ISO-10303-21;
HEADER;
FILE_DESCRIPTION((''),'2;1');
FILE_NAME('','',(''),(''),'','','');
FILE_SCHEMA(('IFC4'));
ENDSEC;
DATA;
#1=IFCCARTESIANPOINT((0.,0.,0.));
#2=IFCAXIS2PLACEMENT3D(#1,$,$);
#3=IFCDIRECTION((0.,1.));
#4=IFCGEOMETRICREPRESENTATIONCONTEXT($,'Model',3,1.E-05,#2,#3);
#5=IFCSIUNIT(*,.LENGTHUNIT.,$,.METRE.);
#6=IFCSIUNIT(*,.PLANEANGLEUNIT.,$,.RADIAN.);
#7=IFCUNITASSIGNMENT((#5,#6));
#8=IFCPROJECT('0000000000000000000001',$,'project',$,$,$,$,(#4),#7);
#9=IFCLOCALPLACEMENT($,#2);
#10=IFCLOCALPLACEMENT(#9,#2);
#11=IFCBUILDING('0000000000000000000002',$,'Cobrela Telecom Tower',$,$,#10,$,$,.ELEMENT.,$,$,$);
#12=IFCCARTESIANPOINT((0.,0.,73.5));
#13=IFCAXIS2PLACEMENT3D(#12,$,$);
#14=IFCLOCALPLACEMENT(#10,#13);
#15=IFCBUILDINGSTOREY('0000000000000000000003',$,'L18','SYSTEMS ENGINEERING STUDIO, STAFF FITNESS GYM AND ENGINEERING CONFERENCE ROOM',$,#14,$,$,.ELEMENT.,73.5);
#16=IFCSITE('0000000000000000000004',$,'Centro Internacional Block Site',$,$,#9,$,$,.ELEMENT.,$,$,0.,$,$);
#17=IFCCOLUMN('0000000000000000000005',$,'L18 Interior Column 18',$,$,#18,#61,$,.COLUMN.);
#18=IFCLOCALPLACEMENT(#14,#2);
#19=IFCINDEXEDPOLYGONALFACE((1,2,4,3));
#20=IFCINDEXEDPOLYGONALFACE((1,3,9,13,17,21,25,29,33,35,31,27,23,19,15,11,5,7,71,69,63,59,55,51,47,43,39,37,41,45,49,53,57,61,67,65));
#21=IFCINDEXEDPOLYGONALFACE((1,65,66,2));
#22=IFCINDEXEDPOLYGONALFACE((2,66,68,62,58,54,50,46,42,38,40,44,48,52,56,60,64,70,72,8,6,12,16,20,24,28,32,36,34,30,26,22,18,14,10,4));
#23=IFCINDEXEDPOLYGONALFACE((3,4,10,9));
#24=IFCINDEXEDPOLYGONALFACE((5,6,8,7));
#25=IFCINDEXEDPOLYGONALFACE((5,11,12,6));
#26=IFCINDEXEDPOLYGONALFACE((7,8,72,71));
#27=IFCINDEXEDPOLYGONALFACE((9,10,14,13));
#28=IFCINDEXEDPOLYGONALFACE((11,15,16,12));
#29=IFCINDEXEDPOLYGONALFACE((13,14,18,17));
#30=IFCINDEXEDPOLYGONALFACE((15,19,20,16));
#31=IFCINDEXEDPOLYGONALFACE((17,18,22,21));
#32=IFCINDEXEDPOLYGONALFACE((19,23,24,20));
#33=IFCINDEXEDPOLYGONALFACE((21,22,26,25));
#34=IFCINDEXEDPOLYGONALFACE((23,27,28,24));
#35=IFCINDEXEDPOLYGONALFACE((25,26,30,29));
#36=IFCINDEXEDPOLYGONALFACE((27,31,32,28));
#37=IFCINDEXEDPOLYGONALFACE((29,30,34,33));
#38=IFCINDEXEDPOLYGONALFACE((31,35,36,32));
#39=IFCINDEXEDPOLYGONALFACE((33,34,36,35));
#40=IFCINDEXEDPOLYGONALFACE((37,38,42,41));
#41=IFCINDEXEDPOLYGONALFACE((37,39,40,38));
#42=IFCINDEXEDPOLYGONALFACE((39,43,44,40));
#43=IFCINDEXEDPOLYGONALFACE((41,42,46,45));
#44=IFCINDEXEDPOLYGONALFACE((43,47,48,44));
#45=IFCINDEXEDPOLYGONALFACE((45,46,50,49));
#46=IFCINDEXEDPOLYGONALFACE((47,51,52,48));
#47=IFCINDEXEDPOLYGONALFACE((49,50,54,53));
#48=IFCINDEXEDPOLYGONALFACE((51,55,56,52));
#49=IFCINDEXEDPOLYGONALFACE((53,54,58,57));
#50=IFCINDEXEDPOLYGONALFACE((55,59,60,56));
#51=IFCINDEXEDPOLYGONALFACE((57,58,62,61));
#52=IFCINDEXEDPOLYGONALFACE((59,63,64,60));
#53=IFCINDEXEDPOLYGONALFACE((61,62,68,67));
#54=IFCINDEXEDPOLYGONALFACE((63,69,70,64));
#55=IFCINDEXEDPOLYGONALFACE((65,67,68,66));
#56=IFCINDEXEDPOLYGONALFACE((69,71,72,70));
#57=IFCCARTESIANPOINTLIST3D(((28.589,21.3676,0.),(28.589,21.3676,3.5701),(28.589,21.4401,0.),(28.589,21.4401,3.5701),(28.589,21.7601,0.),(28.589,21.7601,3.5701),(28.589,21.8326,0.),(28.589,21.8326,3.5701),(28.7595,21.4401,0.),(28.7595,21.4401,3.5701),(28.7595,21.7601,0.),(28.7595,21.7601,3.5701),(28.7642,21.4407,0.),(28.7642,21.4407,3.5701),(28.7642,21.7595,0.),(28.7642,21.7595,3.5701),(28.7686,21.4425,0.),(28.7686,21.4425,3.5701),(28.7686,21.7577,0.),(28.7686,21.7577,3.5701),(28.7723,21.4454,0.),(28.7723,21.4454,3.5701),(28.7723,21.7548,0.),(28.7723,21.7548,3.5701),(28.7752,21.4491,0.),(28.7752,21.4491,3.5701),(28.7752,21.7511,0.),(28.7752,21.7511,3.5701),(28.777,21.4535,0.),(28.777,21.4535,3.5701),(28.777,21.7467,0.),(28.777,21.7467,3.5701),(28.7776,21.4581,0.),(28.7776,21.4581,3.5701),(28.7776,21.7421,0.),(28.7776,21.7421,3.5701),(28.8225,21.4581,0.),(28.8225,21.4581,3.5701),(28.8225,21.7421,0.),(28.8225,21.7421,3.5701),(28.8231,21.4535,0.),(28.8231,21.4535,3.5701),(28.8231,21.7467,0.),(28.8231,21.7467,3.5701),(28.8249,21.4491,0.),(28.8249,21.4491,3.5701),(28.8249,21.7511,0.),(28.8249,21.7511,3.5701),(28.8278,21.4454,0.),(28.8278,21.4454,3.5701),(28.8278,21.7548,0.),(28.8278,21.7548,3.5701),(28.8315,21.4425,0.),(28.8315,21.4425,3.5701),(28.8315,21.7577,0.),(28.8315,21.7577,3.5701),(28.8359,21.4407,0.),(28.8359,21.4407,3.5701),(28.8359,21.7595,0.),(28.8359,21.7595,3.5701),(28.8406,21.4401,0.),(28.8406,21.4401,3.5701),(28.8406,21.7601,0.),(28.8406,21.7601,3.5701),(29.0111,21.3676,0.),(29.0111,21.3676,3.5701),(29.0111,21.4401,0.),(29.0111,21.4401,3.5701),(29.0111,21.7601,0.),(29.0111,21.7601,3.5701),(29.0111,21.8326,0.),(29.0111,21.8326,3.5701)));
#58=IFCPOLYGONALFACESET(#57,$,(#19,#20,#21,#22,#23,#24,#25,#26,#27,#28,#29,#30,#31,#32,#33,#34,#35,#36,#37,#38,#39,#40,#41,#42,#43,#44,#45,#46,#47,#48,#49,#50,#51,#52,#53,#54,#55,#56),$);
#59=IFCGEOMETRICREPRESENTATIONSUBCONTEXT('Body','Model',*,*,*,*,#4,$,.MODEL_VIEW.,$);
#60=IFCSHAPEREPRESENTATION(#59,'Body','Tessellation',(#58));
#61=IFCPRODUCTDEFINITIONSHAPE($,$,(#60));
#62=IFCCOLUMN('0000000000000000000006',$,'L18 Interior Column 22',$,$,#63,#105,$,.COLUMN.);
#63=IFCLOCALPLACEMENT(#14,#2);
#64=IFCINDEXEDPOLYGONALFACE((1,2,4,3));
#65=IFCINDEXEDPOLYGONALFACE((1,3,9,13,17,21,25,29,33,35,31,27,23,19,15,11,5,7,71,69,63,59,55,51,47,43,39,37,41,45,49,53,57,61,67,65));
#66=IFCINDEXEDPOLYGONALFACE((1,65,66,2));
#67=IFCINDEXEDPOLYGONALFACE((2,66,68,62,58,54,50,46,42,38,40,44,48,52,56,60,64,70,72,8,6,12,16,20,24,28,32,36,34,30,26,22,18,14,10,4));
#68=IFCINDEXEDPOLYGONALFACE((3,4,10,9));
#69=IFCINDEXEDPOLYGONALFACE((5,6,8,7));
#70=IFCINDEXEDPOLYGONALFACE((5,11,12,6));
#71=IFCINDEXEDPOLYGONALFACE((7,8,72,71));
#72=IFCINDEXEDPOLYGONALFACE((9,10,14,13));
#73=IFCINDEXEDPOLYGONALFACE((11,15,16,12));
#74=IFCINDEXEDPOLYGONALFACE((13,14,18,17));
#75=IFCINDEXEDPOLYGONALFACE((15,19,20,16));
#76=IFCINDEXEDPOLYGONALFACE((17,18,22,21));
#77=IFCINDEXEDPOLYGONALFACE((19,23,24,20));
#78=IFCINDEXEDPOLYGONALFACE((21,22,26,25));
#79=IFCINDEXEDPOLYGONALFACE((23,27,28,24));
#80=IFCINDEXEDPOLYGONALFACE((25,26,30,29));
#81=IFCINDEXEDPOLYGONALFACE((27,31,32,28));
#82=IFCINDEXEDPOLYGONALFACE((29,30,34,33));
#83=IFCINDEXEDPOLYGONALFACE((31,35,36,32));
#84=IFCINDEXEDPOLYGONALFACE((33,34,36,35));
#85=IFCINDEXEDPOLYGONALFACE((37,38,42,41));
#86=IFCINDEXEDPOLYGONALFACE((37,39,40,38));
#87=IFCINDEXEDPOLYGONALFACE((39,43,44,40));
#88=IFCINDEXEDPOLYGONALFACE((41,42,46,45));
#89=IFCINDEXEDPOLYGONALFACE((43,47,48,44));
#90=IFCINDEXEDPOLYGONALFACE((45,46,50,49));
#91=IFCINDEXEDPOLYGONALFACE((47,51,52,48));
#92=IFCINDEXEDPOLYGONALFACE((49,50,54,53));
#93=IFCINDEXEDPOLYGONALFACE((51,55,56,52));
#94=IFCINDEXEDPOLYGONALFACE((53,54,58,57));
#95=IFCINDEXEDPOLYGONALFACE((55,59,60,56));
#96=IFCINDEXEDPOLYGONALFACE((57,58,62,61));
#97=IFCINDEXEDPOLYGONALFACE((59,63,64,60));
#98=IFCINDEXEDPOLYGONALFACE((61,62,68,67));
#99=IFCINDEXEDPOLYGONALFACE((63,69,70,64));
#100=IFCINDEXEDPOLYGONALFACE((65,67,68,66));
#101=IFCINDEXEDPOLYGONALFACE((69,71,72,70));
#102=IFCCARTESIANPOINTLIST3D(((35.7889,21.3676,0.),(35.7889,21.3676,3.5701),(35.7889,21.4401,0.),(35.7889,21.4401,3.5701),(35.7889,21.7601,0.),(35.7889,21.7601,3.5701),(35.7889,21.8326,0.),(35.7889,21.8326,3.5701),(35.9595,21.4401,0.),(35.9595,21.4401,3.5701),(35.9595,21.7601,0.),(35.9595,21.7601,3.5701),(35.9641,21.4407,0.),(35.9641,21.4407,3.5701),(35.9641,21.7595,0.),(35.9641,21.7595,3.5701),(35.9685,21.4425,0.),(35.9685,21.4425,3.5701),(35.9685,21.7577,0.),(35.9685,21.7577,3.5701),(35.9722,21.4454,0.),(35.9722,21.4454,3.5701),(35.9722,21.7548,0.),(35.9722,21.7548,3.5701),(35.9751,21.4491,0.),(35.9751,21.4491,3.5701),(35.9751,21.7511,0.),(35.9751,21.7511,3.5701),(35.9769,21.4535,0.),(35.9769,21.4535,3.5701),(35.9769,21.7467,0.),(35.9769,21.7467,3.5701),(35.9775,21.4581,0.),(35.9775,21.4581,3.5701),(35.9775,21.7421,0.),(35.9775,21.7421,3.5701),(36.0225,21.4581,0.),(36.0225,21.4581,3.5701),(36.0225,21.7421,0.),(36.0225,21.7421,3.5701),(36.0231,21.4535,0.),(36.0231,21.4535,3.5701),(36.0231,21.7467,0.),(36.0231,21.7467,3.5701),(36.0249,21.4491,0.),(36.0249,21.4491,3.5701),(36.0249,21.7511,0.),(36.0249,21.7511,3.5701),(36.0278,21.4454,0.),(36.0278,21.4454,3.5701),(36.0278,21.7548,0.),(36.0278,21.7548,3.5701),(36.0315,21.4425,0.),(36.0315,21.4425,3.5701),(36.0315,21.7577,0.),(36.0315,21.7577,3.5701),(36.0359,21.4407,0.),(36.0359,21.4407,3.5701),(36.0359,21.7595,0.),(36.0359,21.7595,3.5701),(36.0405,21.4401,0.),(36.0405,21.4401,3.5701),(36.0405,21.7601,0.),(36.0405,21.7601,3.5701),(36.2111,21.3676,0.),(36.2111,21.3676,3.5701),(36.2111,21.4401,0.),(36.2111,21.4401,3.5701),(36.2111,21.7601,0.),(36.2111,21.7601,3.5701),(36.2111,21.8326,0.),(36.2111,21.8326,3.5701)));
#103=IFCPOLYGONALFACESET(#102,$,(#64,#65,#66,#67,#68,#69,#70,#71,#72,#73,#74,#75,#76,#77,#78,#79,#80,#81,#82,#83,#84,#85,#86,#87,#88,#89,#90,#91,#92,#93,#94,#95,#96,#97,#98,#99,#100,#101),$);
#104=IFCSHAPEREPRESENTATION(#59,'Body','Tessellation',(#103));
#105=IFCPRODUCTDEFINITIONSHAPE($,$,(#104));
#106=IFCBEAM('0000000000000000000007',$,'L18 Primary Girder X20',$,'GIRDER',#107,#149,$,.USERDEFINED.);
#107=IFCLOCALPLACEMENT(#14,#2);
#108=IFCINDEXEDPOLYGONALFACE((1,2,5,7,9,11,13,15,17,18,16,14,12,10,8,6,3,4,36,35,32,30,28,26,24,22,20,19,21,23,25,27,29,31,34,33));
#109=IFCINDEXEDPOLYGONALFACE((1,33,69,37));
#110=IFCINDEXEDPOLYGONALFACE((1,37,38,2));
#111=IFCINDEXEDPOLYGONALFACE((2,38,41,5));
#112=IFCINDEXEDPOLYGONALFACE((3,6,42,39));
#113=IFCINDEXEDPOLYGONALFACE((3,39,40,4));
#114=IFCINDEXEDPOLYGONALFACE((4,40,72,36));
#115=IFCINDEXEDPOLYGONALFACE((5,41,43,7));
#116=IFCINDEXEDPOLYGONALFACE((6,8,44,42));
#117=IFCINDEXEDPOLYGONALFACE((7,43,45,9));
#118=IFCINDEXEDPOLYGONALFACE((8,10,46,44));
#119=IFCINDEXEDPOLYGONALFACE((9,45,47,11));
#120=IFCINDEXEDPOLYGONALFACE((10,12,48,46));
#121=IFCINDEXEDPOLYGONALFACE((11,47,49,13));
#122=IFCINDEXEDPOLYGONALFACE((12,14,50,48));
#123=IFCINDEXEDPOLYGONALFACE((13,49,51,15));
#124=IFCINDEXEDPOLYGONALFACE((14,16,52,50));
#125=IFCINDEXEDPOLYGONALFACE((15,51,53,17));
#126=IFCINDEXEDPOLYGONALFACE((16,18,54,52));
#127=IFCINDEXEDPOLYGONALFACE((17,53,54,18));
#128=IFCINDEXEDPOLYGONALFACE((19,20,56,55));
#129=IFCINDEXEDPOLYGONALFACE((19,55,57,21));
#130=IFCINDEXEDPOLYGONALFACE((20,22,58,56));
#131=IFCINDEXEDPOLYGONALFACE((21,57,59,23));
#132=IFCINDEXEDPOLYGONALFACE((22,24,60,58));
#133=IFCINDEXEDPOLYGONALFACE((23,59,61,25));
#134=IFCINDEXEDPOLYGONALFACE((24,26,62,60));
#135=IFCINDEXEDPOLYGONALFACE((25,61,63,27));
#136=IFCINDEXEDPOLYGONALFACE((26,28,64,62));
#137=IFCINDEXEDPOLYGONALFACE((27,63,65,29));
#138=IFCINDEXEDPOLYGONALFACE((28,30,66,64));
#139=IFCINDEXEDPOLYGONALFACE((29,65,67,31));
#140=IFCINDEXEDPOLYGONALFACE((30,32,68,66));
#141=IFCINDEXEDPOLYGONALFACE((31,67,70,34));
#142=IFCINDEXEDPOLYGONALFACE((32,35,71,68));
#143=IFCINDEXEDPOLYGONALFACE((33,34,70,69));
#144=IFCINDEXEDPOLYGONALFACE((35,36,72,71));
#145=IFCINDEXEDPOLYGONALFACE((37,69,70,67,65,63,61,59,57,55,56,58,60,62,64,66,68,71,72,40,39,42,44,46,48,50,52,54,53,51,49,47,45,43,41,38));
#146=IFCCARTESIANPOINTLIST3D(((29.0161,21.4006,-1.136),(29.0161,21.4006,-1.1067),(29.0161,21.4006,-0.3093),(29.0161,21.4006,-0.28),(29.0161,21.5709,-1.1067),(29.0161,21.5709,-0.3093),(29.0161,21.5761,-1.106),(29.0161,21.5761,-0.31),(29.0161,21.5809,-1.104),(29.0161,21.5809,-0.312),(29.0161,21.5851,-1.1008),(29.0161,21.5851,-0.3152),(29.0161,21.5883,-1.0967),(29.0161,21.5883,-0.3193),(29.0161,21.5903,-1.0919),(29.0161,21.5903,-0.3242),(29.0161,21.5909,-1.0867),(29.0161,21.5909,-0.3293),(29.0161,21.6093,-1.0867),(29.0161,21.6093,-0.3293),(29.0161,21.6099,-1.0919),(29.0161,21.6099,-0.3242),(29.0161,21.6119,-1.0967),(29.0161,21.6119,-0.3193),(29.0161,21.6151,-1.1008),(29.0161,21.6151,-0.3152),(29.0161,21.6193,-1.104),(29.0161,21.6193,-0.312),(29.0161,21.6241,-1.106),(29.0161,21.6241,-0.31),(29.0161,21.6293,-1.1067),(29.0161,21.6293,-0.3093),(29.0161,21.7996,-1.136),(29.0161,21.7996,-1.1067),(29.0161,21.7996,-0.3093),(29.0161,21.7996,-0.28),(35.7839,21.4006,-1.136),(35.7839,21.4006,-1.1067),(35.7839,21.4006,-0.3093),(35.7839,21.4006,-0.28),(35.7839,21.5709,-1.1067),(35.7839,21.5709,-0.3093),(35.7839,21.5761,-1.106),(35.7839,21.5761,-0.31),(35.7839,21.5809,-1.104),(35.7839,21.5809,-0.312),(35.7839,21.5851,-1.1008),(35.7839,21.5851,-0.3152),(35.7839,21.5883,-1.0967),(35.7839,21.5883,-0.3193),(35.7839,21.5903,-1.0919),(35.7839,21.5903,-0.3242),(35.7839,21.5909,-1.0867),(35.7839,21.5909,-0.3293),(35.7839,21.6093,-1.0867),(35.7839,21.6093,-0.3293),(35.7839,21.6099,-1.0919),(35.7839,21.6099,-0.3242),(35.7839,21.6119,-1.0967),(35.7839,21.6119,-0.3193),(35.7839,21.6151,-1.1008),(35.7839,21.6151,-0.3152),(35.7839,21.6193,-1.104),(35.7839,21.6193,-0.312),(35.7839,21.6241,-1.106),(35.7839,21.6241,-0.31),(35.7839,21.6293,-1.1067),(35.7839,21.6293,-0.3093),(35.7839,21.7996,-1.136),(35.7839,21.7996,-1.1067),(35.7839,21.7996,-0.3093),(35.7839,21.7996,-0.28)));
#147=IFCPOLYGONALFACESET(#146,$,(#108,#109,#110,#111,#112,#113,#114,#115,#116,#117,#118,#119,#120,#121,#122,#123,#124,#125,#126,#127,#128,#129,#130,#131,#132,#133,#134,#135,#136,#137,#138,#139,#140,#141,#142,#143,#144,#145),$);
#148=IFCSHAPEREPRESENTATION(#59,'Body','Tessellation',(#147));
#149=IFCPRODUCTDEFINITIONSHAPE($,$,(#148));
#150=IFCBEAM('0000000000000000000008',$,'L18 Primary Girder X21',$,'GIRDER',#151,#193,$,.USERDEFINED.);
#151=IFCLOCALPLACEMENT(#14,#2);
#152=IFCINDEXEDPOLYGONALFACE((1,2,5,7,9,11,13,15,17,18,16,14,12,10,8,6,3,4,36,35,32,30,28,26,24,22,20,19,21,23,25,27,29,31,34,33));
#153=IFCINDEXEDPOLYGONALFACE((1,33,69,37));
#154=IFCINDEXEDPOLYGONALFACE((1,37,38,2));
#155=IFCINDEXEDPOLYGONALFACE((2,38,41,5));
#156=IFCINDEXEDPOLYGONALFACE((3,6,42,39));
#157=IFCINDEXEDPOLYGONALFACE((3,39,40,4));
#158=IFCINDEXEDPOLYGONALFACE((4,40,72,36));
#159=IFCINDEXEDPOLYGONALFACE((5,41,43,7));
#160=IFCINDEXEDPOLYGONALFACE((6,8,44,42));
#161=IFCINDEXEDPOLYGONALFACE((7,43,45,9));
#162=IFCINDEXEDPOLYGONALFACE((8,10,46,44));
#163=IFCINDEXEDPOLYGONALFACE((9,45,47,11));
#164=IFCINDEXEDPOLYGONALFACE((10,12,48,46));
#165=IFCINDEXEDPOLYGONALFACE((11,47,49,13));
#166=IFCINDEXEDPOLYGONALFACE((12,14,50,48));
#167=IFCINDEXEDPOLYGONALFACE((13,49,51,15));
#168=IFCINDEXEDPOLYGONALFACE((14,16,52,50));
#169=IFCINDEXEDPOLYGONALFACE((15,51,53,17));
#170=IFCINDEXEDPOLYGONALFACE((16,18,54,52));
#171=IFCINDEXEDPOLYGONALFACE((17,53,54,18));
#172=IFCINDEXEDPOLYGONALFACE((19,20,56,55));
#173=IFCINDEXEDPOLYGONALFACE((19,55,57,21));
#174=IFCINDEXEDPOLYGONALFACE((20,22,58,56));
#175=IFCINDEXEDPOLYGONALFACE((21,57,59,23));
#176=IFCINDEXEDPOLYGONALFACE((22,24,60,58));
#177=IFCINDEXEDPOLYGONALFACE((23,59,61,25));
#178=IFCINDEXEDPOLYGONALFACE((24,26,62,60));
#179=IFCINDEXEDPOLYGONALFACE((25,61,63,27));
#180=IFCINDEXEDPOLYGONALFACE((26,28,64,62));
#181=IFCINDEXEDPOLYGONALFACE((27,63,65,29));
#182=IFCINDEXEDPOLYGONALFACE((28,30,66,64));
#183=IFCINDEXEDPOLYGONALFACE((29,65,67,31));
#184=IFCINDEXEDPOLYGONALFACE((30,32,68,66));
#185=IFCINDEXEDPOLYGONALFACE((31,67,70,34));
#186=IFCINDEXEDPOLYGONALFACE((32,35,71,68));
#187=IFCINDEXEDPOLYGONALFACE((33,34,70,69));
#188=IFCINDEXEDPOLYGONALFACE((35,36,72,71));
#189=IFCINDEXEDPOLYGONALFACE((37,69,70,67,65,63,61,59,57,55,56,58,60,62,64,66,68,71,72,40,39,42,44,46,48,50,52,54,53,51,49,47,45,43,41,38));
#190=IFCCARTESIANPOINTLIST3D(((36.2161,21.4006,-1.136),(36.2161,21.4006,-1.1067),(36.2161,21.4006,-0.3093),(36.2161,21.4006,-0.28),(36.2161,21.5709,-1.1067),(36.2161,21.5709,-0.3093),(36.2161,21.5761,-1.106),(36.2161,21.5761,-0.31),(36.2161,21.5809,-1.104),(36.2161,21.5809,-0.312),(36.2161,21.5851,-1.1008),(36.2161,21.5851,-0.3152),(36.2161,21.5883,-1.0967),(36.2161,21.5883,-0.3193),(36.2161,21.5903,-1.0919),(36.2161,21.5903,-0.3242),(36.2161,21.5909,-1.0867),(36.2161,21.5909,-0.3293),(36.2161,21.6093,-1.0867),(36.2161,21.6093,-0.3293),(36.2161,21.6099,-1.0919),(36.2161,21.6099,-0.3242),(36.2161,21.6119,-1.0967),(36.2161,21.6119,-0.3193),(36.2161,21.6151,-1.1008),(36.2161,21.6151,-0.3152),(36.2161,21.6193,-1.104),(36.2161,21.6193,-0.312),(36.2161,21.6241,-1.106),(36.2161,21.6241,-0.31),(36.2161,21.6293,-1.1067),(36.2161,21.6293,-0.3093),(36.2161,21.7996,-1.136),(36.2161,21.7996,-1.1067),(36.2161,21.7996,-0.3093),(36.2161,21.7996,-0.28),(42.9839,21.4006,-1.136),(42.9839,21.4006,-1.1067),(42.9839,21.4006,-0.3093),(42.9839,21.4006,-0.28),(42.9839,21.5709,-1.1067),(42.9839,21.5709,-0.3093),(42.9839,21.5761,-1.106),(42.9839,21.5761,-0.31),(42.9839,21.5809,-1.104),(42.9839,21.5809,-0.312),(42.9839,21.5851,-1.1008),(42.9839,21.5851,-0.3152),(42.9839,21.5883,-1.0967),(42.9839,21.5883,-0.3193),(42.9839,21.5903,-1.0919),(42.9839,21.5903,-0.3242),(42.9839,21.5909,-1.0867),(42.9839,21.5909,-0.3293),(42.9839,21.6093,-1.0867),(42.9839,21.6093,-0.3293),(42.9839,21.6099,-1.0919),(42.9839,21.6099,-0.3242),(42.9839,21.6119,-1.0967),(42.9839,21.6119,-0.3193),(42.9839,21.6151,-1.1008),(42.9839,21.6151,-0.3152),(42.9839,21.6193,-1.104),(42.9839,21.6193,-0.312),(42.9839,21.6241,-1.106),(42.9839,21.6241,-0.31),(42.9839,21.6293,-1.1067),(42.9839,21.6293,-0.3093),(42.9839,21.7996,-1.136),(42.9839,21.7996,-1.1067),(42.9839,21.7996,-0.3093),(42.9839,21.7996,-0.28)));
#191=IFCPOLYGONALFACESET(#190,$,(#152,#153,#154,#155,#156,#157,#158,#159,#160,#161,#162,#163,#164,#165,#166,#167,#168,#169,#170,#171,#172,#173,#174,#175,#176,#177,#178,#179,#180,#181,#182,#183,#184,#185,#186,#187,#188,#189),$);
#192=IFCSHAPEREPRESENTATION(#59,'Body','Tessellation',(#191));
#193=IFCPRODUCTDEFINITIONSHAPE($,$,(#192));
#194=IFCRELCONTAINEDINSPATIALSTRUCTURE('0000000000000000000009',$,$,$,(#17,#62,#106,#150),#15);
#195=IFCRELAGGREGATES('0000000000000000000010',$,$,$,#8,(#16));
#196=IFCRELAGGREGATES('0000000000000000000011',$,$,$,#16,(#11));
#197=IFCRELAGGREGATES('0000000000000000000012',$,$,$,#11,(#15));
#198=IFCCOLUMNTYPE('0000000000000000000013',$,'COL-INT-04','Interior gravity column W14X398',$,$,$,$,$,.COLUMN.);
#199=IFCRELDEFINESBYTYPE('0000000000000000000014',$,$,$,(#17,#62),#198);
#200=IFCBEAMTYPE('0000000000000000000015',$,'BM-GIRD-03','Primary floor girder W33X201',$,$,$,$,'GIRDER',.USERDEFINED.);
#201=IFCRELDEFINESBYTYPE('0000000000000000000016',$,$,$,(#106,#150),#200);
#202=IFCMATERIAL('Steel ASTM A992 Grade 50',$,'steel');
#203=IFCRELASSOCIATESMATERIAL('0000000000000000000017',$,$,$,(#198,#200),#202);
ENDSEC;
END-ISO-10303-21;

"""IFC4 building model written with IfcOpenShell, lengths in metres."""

from ifc_helpers import new_model, si_unit, direction, frame, origin, origin_2d, place, context, subcontext, project, spatial, i_section, extrude, material, material_profile, profile_set, type_object, element, save


model = new_model("IFC4")

# Units and contexts
model_context = context("Model", 3, precision=1e-05, world=origin(), true_north=direction((0.0, 1.0)))
body_context = subcontext(model_context, "Body", "Model", "MODEL_VIEW")
ifc_project = project(units=[si_unit("LENGTHUNIT", "METRE"), si_unit("PLANEANGLEUNIT", "RADIAN")], contexts=[model_context])

# Site, building, storey
site_placement = place(None, origin())
site = spatial("IfcSite", under=ifc_project, at=site_placement, Name="Centro Internacional Block Site", CompositionType="ELEMENT", RefElevation=0.0)
building_placement = place(site_placement, origin())
building = spatial("IfcBuilding", under=site, at=building_placement, Name="Cobrela Telecom Tower", CompositionType="ELEMENT")
storey_placement = place(building_placement, frame((0.0, 0.0, 73.5)))
storey = spatial("IfcBuildingStorey", under=building, at=storey_placement, Name="L18", Description="SYSTEMS ENGINEERING STUDIO, STAFF FITNESS GYM AND ENGINEERING CONFERENCE ROOM", CompositionType="ELEMENT", Elevation=73.5)

# Columns
ifc_material_1 = material(Name="Steel ASTM A992 Grade 50", Category="steel")
ifc_material_profile_1 = material_profile(ifc_material_1, i_section(OverallWidth=0.4221, OverallDepth=0.4651, WebThickness=0.0449, FlangeThickness=0.0725, FilletRadius=0.0181, at=origin_2d()), Name="W14X398")
ifc_profile_set_1 = profile_set([ifc_material_profile_1], Name="Steel ASTM A992 Grade 50")
column_type = type_object("IfcColumnType", Name="COL-INT-04", Description="Interior gravity column W14X398", PredefinedType="COLUMN", material=ifc_profile_set_1)
for number, where, z_axis, x_axis, name in (
    (1, (28.8, 21.6001, 0.0), (0.0, 0.0, 1.0), (1.0, 0.0, 0.0), "L18 Interior Column 18"),
    (2, (36.0, 21.6001, 0.0), (0.0, 0.0, 1.0), (1.0, 0.0, 0.0), "L18 Interior Column 22"),
):
    element("IfcColumn", number, at=place(storey_placement, frame(where, z_axis=z_axis, x_axis=x_axis)), inside=storey, type_object=column_type, Name=name, PredefinedType="COLUMN", context=body_context, shape_type="SweptSolid", body=[
        extrude(i_section(OverallWidth=0.4221, OverallDepth=0.4651, WebThickness=0.0449, FlangeThickness=0.0725, FilletRadius=0.0181, at=origin_2d()), origin(), (0.0, 0.0, 1.0), 3.5701),
    ])

# Beams
ifc_material_profile_2 = material_profile(ifc_material_1, i_section(OverallWidth=0.3989, OverallDepth=0.856, WebThickness=0.0183, FlangeThickness=0.0293, FilletRadius=0.02, at=origin_2d()), Name="W33X201")
ifc_profile_set_2 = profile_set([ifc_material_profile_2], Name="Steel ASTM A992 Grade 50")
beam_type_1 = type_object("IfcBeamType", Name="BM-GIRD-03", Description="Primary floor girder W33X201", ElementType="GIRDER", PredefinedType="USERDEFINED", material=ifc_profile_set_2)
for number, where, z_axis, x_axis, name in (
    (3, (29.0161, 21.6001, -0.708), (1.0, 0.0, 0.0), (0.0, 1.0, 0.0), "L18 Primary Girder X20"),
    (4, (36.2161, 21.6001, -0.708), (1.0, 0.0, 0.0), (0.0, 1.0, 0.0), "L18 Primary Girder X21"),
):
    element("IfcBeam", number, at=place(storey_placement, frame(where, z_axis=z_axis, x_axis=x_axis)), inside=storey, type_object=beam_type_1, Name=name, ObjectType="GIRDER", PredefinedType="USERDEFINED", context=body_context, shape_type="SweptSolid", body=[
        extrude(i_section(OverallWidth=0.3989, OverallDepth=0.856, WebThickness=0.0183, FlangeThickness=0.0293, FilletRadius=0.02, at=origin_2d()), origin(), (0.0, 0.0, 1.0), 6.7678),
    ])

save(model, "model.ifc")
